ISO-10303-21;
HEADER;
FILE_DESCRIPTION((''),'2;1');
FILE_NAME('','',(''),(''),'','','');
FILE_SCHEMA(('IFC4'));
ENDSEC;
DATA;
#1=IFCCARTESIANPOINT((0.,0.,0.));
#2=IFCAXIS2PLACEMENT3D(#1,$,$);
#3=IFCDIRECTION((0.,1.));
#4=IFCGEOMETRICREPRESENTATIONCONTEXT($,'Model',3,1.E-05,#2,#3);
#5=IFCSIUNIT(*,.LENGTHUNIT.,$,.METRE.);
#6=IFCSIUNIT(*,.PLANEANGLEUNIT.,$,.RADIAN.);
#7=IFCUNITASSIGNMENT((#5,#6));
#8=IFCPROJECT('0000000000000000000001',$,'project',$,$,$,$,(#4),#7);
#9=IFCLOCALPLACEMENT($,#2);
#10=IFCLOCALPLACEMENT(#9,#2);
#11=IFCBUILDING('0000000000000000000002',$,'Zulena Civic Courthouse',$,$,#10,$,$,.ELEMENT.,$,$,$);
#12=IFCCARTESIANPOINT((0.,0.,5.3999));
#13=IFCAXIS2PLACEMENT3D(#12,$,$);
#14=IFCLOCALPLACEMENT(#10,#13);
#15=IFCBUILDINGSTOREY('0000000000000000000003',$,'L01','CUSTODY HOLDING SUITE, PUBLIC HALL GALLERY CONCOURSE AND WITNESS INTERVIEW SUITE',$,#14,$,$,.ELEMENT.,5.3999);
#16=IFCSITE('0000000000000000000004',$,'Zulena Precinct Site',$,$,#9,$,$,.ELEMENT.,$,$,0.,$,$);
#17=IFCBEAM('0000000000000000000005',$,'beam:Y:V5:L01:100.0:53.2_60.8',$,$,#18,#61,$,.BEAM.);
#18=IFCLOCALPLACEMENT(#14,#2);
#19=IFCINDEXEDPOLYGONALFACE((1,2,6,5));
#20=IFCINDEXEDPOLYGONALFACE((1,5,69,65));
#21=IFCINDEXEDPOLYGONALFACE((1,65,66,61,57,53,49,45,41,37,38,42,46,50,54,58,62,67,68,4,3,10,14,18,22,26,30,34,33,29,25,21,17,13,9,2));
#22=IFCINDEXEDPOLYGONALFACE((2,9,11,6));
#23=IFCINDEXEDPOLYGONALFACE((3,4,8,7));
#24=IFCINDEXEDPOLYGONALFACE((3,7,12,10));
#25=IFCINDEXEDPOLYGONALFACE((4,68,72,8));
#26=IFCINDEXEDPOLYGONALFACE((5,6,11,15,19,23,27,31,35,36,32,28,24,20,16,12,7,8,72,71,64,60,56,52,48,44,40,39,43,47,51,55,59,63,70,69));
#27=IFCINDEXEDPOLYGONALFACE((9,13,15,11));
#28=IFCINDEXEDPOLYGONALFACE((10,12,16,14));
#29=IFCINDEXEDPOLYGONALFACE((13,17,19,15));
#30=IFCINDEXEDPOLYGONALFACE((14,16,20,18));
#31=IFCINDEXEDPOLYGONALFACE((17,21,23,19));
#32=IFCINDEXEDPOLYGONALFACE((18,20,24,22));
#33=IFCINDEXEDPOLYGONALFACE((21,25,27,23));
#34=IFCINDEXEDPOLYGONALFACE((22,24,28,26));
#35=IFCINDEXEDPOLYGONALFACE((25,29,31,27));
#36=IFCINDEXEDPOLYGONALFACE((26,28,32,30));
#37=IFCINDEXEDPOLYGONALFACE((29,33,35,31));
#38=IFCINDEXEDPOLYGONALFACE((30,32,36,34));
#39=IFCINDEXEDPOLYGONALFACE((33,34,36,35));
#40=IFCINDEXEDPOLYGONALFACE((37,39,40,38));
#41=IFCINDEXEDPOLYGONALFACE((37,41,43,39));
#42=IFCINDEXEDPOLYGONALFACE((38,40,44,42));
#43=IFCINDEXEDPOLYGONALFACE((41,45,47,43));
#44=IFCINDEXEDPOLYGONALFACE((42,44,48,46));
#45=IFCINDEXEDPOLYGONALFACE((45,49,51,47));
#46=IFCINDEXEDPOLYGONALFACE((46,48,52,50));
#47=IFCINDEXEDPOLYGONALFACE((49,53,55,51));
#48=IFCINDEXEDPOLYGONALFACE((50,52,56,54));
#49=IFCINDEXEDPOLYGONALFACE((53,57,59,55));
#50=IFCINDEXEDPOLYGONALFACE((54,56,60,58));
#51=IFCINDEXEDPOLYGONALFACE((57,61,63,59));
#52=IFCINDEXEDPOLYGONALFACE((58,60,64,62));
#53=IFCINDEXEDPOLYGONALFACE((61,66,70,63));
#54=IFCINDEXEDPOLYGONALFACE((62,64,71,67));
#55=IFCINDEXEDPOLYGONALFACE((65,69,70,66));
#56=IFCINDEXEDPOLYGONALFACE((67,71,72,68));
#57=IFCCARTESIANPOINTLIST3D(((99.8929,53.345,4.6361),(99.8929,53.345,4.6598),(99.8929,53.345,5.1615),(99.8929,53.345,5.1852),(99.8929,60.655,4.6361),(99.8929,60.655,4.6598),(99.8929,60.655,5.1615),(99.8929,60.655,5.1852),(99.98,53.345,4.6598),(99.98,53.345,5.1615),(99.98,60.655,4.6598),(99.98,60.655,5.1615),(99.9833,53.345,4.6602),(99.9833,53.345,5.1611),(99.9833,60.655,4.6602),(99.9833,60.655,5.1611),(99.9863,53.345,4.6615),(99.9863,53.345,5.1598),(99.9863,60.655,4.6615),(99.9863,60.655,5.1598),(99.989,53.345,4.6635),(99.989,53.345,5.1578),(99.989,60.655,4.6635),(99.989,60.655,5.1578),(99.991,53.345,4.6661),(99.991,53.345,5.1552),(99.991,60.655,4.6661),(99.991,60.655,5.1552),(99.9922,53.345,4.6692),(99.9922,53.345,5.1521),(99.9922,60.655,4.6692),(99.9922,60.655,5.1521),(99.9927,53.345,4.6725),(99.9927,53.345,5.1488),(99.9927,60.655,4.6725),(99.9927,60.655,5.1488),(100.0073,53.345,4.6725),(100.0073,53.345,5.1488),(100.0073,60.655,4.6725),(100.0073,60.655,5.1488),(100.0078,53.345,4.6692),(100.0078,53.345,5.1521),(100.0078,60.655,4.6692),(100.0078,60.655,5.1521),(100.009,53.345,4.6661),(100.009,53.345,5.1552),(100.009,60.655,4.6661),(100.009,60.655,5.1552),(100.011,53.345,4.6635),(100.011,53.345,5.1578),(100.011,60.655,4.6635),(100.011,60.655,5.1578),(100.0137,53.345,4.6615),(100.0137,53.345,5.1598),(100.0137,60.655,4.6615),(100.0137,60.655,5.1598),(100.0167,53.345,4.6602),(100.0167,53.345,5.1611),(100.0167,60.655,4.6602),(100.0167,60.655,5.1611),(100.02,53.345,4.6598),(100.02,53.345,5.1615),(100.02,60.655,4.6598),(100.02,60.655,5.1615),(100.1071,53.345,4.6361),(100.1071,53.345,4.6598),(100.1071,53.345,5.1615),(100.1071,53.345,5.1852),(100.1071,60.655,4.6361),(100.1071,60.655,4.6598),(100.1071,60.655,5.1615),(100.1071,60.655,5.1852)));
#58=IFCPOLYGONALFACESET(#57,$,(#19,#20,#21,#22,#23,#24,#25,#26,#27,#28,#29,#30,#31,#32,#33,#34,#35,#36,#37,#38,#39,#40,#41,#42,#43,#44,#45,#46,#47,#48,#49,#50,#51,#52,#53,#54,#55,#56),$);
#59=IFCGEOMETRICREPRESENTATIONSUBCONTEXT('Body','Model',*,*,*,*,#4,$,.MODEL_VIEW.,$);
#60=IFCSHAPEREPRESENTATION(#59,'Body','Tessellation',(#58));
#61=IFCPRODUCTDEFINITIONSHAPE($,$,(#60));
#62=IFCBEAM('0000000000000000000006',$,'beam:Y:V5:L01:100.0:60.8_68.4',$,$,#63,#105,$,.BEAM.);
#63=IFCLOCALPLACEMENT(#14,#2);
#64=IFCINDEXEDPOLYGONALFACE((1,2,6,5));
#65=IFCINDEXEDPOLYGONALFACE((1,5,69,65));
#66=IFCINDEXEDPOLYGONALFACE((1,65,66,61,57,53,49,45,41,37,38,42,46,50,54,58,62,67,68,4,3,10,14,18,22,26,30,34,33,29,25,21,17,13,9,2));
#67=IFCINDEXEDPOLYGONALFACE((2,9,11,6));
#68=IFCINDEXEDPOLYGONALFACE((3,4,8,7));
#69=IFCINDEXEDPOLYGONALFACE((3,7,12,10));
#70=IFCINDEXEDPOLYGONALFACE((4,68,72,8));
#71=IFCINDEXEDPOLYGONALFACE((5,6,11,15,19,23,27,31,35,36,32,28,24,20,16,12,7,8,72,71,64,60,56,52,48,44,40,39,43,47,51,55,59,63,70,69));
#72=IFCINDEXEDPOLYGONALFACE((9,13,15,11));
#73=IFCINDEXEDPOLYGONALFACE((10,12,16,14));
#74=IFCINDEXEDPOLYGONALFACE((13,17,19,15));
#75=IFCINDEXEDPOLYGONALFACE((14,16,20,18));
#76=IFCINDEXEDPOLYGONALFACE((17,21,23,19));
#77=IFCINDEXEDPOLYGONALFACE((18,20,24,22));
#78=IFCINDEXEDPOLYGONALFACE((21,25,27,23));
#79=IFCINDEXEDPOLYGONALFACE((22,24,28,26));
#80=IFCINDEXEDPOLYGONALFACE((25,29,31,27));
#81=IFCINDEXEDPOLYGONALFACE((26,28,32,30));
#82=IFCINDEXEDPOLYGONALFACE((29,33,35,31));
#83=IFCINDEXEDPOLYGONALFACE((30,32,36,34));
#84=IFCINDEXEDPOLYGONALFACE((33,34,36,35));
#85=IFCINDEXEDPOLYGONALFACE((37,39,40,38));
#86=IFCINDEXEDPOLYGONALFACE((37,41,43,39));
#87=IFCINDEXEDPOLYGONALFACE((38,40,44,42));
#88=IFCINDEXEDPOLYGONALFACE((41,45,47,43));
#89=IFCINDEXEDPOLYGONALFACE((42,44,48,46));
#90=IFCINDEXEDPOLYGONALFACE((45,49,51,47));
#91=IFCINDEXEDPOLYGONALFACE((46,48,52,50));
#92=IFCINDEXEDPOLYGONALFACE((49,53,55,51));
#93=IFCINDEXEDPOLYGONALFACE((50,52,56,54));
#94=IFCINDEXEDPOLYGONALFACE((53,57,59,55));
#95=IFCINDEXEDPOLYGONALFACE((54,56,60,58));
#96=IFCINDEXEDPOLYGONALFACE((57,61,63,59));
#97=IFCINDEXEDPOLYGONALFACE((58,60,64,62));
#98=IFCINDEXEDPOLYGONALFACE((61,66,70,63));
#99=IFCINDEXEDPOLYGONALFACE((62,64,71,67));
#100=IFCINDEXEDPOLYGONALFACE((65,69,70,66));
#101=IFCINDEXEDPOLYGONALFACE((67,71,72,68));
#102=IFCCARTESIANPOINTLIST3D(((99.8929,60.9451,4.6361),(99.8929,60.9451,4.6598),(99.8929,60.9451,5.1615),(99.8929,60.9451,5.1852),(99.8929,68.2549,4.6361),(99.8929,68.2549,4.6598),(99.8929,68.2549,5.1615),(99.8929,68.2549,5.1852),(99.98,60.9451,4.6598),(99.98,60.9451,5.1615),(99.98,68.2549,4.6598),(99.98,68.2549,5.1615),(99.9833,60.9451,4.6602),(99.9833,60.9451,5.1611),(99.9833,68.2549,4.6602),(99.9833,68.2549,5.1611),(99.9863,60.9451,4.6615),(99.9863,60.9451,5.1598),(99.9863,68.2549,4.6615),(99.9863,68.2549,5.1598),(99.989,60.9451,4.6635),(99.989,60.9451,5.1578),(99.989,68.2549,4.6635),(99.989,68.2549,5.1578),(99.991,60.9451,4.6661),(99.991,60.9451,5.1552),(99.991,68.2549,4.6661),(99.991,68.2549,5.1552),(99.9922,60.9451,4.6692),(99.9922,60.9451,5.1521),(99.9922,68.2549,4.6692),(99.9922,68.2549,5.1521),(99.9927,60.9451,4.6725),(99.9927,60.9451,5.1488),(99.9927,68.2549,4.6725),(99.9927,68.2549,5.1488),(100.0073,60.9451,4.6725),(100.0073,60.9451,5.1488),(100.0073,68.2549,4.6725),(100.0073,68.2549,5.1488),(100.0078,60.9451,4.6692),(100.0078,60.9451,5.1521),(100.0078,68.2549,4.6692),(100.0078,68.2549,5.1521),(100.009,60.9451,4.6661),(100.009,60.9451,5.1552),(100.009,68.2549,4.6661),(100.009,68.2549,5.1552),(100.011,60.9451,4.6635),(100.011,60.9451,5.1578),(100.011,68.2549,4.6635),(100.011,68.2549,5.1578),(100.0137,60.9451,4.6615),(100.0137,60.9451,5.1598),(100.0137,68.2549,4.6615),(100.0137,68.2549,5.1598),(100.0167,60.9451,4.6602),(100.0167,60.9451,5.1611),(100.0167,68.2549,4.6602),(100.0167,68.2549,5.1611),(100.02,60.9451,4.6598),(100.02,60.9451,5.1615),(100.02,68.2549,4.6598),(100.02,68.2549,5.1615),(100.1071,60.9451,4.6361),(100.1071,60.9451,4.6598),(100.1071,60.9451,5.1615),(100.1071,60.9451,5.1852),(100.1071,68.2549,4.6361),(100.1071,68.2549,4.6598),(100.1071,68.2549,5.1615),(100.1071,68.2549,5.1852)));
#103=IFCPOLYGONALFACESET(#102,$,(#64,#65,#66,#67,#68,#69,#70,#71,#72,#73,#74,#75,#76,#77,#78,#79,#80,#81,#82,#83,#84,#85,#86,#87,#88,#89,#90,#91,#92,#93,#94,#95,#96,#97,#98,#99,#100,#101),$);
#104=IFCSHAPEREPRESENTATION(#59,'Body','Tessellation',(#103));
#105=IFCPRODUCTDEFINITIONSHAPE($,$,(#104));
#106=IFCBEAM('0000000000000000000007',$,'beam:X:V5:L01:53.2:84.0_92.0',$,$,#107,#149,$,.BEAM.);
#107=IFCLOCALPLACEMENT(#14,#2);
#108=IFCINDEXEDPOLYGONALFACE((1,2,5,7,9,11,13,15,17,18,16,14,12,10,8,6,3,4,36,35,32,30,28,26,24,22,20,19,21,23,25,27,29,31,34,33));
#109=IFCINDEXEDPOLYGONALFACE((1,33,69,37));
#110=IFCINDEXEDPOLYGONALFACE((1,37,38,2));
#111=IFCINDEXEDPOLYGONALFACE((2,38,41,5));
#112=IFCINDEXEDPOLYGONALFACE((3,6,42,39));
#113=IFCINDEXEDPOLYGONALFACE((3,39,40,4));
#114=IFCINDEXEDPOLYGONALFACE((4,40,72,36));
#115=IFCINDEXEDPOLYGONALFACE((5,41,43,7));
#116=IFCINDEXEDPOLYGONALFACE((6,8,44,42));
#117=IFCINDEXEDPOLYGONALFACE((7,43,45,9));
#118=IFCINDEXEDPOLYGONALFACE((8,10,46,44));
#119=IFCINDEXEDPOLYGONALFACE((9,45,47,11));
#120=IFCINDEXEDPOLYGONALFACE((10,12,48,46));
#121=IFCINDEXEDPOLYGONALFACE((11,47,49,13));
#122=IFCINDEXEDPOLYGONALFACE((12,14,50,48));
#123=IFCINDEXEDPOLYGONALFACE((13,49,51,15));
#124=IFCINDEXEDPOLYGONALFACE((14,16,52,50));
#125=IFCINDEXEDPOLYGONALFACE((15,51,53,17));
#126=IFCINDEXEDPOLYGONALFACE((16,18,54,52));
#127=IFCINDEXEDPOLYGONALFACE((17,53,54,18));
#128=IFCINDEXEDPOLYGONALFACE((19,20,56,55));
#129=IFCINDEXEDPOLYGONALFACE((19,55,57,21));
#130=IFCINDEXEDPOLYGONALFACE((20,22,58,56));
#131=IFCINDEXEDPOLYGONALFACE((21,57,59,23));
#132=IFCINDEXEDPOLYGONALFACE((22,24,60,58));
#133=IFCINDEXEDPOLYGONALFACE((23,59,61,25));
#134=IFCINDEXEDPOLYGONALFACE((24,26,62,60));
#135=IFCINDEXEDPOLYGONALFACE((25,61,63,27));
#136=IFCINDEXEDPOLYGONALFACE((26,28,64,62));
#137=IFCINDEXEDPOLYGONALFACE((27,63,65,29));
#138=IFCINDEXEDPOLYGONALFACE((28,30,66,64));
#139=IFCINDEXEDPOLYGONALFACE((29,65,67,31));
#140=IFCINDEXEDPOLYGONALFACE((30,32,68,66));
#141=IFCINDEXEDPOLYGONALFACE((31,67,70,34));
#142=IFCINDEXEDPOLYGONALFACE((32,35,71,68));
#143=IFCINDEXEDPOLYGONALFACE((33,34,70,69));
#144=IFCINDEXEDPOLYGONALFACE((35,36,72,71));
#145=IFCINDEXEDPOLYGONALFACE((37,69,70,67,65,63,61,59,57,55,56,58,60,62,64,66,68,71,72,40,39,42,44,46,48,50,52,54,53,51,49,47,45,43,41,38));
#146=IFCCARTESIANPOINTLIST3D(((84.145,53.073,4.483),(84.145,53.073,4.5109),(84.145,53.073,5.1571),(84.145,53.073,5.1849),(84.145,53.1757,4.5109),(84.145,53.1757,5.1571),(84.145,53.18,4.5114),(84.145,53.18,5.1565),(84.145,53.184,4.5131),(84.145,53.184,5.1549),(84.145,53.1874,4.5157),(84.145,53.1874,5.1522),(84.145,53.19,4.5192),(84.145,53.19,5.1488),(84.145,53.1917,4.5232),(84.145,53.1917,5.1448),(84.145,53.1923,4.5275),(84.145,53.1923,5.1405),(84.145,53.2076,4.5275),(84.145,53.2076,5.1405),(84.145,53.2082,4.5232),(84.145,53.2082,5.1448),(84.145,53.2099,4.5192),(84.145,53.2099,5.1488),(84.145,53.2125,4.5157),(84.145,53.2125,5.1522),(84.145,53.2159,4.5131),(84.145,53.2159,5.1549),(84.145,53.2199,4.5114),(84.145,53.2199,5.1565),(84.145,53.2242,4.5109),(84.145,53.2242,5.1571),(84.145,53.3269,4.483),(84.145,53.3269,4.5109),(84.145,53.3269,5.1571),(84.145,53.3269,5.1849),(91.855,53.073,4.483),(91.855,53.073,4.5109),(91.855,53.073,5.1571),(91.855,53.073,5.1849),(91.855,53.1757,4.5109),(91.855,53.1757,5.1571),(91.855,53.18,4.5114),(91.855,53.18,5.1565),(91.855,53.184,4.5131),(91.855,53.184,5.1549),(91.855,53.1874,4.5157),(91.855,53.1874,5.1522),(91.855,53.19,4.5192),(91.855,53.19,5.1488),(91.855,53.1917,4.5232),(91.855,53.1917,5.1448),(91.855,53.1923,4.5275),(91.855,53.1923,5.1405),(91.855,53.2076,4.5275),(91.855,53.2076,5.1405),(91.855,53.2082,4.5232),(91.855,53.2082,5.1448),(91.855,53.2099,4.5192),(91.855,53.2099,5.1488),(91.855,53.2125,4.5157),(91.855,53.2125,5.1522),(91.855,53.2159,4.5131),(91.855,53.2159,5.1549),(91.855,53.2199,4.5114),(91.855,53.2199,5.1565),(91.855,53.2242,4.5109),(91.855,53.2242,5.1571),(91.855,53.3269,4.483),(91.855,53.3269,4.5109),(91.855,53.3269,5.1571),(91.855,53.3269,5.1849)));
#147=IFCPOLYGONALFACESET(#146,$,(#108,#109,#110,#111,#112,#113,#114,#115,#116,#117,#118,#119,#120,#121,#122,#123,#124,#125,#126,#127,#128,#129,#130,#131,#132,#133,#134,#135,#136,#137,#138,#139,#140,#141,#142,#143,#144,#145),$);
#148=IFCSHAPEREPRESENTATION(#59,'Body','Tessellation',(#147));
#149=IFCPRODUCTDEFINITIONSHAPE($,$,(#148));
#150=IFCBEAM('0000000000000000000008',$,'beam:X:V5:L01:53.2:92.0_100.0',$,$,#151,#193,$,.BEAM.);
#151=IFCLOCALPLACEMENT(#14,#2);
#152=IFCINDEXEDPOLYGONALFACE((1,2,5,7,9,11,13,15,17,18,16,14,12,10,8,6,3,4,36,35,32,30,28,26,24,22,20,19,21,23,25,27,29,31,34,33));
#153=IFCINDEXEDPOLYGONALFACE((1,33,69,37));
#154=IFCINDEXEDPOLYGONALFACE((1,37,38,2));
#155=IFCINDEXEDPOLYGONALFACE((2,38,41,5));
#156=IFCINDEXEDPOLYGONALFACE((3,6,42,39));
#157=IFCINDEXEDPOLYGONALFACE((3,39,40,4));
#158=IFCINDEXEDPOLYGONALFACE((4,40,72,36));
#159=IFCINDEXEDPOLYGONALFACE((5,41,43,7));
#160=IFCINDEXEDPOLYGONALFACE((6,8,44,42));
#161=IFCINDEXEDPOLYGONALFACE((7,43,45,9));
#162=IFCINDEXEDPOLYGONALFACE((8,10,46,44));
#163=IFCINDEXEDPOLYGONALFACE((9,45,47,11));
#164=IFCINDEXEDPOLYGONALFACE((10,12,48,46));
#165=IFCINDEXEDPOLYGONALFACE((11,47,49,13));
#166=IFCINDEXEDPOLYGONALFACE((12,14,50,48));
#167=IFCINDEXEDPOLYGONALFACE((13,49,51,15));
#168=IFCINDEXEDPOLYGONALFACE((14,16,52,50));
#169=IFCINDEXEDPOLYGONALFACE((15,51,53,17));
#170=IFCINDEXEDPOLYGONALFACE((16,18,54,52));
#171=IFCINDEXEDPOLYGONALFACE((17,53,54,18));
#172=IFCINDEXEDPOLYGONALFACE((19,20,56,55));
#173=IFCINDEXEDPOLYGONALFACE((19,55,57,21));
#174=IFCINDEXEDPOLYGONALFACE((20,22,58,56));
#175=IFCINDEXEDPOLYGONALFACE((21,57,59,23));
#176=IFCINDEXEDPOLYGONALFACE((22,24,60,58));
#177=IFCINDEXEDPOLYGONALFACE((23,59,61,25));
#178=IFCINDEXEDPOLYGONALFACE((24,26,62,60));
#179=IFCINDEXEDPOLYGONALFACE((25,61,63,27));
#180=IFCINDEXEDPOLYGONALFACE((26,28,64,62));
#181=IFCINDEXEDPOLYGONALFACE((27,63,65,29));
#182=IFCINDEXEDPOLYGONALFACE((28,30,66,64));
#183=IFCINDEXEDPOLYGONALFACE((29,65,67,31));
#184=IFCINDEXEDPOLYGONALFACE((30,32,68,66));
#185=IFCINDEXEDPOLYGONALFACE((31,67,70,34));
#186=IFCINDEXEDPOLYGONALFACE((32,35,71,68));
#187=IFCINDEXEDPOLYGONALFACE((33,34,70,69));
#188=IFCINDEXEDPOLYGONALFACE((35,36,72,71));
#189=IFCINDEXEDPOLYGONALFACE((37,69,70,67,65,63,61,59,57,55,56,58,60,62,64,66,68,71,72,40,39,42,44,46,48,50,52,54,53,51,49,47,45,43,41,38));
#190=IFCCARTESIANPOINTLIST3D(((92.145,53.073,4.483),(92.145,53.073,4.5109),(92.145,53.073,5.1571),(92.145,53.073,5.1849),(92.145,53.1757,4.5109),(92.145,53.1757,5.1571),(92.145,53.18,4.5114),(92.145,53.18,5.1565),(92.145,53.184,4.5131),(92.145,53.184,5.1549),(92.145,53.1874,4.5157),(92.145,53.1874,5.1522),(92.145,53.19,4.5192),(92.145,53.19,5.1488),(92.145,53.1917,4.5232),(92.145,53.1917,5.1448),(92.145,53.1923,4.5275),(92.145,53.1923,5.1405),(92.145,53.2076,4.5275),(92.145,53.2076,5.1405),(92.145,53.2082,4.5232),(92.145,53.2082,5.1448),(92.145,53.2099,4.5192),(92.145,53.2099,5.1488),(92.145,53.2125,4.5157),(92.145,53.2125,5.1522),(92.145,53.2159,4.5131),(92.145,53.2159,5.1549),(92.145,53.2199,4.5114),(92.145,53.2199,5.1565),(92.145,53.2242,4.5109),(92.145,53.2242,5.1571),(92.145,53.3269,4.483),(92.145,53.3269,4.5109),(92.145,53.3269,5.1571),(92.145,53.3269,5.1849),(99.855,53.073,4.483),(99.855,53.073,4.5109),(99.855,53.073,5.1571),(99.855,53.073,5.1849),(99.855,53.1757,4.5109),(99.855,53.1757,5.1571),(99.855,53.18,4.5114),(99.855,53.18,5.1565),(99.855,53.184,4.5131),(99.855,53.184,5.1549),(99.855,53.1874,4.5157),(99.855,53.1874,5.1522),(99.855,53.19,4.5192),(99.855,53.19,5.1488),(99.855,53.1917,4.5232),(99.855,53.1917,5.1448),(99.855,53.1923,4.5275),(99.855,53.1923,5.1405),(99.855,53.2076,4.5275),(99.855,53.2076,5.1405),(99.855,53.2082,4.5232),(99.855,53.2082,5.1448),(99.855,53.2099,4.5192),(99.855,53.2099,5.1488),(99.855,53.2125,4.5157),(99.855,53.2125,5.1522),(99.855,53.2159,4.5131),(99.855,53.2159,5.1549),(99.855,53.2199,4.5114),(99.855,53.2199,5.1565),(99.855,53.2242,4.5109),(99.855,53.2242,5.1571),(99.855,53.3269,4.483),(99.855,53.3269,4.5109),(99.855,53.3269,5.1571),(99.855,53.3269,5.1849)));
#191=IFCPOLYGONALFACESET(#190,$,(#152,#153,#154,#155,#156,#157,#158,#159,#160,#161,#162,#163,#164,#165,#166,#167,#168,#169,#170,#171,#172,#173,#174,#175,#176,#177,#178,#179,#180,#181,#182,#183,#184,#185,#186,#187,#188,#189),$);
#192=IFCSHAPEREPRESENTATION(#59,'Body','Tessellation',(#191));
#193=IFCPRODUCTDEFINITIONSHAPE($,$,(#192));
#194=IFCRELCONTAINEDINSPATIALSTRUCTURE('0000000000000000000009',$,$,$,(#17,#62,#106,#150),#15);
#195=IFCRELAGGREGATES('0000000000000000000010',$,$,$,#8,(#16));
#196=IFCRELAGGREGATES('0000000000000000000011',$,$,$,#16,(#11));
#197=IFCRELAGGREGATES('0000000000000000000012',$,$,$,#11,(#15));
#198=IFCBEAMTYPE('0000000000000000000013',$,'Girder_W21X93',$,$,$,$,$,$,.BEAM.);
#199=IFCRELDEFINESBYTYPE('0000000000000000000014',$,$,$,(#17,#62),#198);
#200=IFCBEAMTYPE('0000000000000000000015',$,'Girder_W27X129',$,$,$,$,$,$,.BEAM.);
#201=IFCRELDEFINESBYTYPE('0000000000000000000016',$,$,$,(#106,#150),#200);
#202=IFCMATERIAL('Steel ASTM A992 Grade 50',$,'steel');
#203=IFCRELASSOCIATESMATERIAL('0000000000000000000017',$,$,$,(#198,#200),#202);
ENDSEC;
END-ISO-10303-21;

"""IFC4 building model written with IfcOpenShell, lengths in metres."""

from ifc_helpers import new_model, si_unit, direction, frame, origin, origin_2d, place, context, subcontext, project, spatial, i_section, extrude, material, material_profile, profile_set, type_object, element, save


model = new_model("IFC4")

# Units and contexts
model_context = context("Model", 3, precision=1e-05, world=origin(), true_north=direction((0.0, 1.0)))
body_context = subcontext(model_context, "Body", "Model", "MODEL_VIEW")
ifc_project = project(units=[si_unit("LENGTHUNIT", "METRE"), si_unit("PLANEANGLEUNIT", "RADIAN")], contexts=[model_context])

# Site, building, storey
site_placement = place(None, origin())
site = spatial("IfcSite", under=ifc_project, at=site_placement, Name="Zulena Precinct Site", CompositionType="ELEMENT", RefElevation=0.0)
building_placement = place(site_placement, origin())
building = spatial("IfcBuilding", under=site, at=building_placement, Name="Zulena Civic Courthouse", CompositionType="ELEMENT")
storey_placement = place(building_placement, frame((0.0, 0.0, 5.3999)))
storey = spatial("IfcBuildingStorey", under=building, at=storey_placement, Name="L01", Description="CUSTODY HOLDING SUITE, PUBLIC HALL GALLERY CONCOURSE AND WITNESS INTERVIEW SUITE", CompositionType="ELEMENT", Elevation=5.3999)

# Shared definitions
ifc_material_1 = material(Name="Steel ASTM A992 Grade 50", Category="steel")

# Beams
ifc_material_profile_1 = material_profile(ifc_material_1, i_section(OverallWidth=0.2141, OverallDepth=0.5491, WebThickness=0.0146, FlangeThickness=0.0237, FilletRadius=0.0127, at=origin_2d()), Name="W21X93")
ifc_profile_set_1 = profile_set([ifc_material_profile_1], Name="Steel ASTM A992 Grade 50")
beam_type_1 = type_object("IfcBeamType", Name="Girder_W21X93", PredefinedType="BEAM", material=ifc_profile_set_1)
beam_1_placement = place(storey_placement, frame((100.0, 53.345, 4.9106), z_axis=(0.0, 1.0, 0.0), x_axis=(-1.0, 0.0, 0.0)))
element("IfcBeam", 1, at=beam_1_placement, inside=storey, type_object=beam_type_1, Name="beam:Y:V5:L01:100.0:53.2_60.8", PredefinedType="BEAM", context=body_context, shape_type="SweptSolid", body=[
    extrude(i_section(OverallWidth=0.2141, OverallDepth=0.5491, WebThickness=0.0146, FlangeThickness=0.0237, FilletRadius=0.0127, at=origin_2d()), origin(), (0.0, 0.0, 1.0), 7.3101),
])
beam_2_placement = place(storey_placement, frame((100.0, 60.9451, 4.9106), z_axis=(0.0, 1.0, 0.0), x_axis=(-1.0, 0.0, 0.0)))
element("IfcBeam", 2, at=beam_2_placement, inside=storey, type_object=beam_type_1, Name="beam:Y:V5:L01:100.0:60.8_68.4", PredefinedType="BEAM", context=body_context, shape_type="SweptSolid", body=[
    extrude(i_section(OverallWidth=0.2141, OverallDepth=0.5491, WebThickness=0.0146, FlangeThickness=0.0237, FilletRadius=0.0127, at=origin_2d()), origin(), (0.0, 0.0, 1.0), 7.3098),
])
ifc_material_profile_2 = material_profile(ifc_material_1, i_section(OverallWidth=0.2539, OverallDepth=0.7019, WebThickness=0.0154, FlangeThickness=0.0278, FilletRadius=0.0166, at=origin_2d()), Name="W27X129")
ifc_profile_set_2 = profile_set([ifc_material_profile_2], Name="Steel ASTM A992 Grade 50")
beam_type_2 = type_object("IfcBeamType", Name="Girder_W27X129", PredefinedType="BEAM", material=ifc_profile_set_2)
for number, where, z_axis, x_axis, name in (
    (3, (84.145, 53.2, 4.834), (1.0, 0.0, 0.0), (0.0, 1.0, 0.0), "beam:X:V5:L01:53.2:84.0_92.0"),
    (4, (92.145, 53.2, 4.834), (1.0, 0.0, 0.0), (0.0, 1.0, 0.0), "beam:X:V5:L01:53.2:92.0_100.0"),
):
    element("IfcBeam", number, at=place(storey_placement, frame(where, z_axis=z_axis, x_axis=x_axis)), inside=storey, type_object=beam_type_2, Name=name, PredefinedType="BEAM", context=body_context, shape_type="SweptSolid", body=[
        extrude(i_section(OverallWidth=0.2539, OverallDepth=0.7019, WebThickness=0.0154, FlangeThickness=0.0278, FilletRadius=0.0166, at=origin_2d()), origin(), (0.0, 0.0, 1.0), 7.71),
    ])

save(model, "model.ifc")
